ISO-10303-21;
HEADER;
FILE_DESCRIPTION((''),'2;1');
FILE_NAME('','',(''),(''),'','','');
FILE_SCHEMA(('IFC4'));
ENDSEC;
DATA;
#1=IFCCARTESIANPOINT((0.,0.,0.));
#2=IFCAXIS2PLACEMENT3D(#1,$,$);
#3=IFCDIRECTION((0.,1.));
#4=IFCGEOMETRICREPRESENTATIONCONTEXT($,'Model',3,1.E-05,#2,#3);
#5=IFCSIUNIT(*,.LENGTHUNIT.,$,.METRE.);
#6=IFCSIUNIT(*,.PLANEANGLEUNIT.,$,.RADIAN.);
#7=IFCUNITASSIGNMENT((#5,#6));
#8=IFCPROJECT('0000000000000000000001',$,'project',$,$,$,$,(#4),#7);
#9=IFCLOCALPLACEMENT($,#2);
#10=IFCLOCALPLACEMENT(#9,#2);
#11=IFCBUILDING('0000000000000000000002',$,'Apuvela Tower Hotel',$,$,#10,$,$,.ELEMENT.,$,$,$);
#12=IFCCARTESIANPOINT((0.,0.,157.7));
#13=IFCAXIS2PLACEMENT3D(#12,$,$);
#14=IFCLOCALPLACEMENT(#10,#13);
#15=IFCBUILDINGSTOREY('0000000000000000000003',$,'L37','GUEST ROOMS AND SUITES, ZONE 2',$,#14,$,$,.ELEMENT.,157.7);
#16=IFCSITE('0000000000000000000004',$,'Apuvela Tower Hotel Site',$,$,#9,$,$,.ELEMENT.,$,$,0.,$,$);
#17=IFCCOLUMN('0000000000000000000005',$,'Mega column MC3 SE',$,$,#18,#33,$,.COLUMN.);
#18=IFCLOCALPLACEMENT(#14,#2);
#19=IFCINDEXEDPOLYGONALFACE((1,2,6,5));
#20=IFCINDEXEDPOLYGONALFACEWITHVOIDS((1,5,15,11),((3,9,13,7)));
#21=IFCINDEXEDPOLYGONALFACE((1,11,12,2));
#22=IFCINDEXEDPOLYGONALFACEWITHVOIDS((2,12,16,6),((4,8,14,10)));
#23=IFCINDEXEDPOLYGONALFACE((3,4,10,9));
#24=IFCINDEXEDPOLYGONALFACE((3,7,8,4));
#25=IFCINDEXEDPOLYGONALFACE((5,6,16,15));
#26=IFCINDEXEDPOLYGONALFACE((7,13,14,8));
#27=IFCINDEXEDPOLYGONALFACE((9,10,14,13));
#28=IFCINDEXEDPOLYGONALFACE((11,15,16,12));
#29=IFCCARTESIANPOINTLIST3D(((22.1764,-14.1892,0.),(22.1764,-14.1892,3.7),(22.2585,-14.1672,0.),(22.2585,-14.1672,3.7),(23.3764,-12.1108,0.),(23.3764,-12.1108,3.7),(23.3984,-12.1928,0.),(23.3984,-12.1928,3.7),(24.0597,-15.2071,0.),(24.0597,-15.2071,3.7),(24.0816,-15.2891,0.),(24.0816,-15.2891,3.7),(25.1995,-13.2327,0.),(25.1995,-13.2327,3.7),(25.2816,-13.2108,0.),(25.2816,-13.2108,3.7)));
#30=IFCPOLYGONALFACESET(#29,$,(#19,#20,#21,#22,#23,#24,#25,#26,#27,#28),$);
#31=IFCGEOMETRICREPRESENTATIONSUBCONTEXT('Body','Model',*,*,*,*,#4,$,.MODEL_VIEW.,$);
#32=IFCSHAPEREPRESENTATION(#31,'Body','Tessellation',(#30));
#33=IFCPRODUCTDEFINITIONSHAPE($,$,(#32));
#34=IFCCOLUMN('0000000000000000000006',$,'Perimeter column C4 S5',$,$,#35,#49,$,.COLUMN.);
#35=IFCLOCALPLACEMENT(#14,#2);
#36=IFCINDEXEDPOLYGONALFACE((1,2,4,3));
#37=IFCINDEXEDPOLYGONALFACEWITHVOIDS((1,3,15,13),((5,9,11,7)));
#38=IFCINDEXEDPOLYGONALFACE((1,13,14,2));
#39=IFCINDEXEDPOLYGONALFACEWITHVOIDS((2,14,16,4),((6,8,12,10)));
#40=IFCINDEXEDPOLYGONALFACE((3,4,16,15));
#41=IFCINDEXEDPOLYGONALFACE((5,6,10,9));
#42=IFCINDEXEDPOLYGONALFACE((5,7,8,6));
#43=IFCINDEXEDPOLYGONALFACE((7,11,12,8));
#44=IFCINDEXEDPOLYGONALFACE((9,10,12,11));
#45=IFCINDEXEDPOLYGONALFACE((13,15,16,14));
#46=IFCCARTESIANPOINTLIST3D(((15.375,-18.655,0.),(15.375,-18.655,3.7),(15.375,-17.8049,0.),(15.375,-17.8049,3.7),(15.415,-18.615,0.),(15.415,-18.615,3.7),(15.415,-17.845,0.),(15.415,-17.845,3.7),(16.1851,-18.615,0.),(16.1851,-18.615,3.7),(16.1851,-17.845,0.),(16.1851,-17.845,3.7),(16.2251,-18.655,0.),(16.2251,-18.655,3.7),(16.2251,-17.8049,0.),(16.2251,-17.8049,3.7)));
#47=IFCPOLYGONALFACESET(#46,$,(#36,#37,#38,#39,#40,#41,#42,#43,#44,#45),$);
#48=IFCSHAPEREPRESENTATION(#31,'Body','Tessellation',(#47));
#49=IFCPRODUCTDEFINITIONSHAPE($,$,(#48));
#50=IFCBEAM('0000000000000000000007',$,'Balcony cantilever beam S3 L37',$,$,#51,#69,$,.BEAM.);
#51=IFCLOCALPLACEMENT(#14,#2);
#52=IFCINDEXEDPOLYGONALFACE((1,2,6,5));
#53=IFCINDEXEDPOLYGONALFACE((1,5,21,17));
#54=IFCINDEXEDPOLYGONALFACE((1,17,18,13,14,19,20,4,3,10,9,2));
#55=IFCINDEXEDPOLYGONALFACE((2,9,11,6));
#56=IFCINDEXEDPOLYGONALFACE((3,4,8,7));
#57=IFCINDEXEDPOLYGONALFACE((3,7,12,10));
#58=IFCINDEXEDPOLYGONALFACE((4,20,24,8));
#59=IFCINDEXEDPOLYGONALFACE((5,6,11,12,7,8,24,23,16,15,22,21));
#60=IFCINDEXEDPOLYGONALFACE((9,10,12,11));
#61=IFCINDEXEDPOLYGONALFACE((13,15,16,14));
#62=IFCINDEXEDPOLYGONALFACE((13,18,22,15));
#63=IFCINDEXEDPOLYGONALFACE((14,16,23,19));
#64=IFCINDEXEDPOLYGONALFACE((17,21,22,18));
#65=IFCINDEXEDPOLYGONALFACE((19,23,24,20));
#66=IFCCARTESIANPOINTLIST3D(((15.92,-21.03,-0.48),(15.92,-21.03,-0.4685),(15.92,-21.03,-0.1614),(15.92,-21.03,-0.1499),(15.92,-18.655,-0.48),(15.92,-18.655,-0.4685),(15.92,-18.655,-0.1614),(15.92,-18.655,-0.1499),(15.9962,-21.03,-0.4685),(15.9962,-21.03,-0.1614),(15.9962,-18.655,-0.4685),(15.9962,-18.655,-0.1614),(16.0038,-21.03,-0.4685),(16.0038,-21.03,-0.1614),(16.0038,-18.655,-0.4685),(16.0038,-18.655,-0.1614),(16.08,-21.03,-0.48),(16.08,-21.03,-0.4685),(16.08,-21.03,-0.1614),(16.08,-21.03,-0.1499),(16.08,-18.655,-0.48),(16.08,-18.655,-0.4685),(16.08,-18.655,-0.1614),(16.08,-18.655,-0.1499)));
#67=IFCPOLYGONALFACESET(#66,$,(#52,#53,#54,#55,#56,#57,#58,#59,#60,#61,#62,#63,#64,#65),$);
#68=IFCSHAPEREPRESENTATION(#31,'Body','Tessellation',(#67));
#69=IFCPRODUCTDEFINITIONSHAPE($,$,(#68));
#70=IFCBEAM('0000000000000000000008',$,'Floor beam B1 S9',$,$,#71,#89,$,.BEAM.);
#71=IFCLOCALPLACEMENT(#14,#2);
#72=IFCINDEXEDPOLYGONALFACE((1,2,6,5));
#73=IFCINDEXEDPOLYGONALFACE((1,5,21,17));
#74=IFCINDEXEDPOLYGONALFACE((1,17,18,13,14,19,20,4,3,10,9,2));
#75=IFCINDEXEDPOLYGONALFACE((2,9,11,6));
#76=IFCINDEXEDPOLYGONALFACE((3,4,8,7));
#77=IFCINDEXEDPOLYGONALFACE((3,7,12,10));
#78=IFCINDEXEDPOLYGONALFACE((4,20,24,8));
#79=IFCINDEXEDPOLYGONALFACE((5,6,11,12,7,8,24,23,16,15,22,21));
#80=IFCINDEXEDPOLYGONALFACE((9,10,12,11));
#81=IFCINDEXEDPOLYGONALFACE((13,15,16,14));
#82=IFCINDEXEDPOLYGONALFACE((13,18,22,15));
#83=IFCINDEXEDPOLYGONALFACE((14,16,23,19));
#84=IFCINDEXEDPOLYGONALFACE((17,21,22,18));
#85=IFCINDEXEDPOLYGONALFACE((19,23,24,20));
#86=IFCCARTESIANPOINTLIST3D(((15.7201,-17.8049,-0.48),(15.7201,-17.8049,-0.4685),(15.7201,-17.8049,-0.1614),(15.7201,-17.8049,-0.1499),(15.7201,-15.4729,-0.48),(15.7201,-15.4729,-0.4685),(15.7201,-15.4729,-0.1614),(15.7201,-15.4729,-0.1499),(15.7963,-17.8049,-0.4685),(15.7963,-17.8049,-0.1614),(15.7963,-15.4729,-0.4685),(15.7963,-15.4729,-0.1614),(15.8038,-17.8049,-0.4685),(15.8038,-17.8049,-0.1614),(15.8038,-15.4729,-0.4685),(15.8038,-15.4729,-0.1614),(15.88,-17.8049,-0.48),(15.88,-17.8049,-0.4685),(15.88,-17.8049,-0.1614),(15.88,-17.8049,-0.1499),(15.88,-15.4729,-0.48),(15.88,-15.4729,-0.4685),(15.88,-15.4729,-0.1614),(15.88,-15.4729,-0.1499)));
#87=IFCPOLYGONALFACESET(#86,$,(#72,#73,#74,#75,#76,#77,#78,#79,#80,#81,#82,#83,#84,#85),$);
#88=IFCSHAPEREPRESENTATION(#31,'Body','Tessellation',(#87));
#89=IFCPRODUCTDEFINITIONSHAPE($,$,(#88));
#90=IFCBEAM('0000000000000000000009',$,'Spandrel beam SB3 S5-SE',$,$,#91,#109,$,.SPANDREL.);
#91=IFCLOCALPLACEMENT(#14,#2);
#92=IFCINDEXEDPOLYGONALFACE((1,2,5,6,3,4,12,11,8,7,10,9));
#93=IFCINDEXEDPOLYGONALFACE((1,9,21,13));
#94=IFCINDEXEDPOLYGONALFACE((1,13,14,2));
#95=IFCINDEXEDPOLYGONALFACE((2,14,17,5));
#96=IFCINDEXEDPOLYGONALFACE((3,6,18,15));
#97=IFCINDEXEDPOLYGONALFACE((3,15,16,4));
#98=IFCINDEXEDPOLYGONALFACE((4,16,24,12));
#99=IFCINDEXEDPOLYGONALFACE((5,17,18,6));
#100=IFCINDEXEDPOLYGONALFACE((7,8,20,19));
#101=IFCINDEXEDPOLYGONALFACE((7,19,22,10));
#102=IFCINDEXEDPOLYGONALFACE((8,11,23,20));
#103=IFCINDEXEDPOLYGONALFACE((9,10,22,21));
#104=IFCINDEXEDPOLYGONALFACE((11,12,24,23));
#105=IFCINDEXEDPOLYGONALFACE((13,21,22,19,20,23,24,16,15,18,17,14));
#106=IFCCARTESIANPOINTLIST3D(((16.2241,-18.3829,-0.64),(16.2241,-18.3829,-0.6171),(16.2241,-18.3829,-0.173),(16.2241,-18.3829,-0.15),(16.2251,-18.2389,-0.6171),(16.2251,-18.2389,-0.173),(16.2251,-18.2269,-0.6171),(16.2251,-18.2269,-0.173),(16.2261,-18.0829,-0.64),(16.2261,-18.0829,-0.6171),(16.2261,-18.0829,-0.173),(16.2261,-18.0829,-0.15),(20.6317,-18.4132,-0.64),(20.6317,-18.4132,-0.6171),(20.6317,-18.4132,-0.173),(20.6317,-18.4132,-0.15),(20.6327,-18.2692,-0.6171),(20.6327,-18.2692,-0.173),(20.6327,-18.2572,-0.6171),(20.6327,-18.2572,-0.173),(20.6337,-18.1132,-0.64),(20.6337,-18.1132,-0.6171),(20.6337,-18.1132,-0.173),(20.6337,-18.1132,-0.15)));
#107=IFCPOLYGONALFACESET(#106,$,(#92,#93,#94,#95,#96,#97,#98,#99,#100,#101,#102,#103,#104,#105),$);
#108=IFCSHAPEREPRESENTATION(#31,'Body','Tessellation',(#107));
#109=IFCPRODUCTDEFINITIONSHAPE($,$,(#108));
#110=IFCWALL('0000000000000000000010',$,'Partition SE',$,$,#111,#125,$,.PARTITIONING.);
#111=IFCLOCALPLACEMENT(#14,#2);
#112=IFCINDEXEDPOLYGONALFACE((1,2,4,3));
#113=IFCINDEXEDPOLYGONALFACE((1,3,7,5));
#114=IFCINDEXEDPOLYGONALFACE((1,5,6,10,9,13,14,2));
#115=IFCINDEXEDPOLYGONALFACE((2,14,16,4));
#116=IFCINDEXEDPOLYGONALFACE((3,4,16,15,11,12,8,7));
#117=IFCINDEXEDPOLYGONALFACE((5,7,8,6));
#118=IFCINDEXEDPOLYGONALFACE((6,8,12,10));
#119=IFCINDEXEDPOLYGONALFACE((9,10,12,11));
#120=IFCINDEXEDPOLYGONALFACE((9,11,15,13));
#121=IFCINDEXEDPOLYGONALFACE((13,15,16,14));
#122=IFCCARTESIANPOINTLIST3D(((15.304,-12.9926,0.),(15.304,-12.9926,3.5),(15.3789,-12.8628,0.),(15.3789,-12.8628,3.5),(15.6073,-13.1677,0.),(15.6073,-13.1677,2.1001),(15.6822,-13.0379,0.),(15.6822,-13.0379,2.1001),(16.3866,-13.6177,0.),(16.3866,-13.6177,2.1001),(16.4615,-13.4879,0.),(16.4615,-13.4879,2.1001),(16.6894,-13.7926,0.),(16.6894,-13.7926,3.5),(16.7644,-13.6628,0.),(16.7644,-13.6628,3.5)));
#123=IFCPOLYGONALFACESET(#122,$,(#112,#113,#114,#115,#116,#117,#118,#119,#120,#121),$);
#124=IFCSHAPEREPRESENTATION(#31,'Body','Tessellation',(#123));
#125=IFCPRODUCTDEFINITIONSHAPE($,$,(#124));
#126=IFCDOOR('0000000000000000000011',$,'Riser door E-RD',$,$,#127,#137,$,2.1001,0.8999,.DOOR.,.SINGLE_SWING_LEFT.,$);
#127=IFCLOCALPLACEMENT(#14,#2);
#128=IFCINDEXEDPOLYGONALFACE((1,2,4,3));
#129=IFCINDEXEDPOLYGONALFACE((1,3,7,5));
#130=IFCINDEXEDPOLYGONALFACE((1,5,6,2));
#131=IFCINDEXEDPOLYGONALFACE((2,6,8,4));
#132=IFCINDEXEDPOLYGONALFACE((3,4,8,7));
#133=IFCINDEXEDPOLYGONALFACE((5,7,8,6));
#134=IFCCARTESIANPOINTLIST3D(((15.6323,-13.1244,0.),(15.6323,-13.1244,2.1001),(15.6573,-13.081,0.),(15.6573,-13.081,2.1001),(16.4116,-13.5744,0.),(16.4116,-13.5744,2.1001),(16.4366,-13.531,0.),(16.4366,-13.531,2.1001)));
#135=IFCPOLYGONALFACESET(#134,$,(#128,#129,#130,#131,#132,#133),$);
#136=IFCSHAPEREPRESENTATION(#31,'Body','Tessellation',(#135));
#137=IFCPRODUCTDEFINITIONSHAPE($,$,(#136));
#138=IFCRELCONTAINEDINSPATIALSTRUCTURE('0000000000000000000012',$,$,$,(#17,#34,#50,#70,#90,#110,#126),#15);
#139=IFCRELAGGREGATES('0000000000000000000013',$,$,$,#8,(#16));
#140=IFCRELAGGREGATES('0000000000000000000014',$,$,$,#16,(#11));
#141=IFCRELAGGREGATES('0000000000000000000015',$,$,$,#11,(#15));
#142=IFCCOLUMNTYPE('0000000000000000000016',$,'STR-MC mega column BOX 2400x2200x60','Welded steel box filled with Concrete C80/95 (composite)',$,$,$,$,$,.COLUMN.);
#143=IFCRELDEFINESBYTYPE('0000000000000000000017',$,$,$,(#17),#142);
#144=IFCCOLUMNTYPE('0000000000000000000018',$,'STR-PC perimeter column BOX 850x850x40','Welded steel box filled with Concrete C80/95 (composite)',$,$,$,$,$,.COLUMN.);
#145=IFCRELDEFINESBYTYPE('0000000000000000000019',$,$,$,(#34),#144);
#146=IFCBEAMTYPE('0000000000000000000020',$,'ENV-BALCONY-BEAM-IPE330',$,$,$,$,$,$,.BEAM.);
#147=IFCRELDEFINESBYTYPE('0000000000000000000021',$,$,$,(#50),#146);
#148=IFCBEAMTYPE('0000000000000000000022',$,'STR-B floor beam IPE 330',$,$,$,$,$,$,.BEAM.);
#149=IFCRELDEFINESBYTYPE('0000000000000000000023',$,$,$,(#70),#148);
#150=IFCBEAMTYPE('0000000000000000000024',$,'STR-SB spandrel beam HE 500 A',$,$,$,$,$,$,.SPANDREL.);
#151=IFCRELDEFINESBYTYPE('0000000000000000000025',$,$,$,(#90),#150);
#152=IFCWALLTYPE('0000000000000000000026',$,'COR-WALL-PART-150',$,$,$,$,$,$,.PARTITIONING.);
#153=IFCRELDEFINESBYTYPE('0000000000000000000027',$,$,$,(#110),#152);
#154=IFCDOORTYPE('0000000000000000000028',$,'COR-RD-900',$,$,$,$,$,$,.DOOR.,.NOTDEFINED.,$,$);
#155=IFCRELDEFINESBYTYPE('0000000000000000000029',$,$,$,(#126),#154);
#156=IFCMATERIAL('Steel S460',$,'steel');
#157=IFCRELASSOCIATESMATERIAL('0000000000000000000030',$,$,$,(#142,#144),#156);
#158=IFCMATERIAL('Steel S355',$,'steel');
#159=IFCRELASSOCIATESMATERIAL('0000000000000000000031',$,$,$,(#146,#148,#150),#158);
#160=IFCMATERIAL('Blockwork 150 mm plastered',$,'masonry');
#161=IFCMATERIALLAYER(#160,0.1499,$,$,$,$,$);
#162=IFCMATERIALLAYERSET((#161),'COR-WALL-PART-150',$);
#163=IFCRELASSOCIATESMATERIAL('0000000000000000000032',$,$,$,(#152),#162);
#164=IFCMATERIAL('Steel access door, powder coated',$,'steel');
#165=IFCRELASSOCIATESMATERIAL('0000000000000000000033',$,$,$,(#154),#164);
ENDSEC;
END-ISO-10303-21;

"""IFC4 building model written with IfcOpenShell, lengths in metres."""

from ifc_helpers import new_model, si_unit, direction, frame, frame_2d, origin, origin_2d, place, context, subcontext, project, spatial, rectangle, hollow_rectangle, i_section, extrude, material, layer, layer_set, material_profile, profile_set, type_object, element, fill, save


model = new_model("IFC4")

# Units and contexts
model_context = context("Model", 3, precision=1e-05, world=origin(), true_north=direction((0.0, 1.0)))
body_context = subcontext(model_context, "Body", "Model", "MODEL_VIEW")
ifc_project = project(units=[si_unit("LENGTHUNIT", "METRE"), si_unit("PLANEANGLEUNIT", "RADIAN")], contexts=[model_context])

# Site, building, storey
site_placement = place(None, origin())
site = spatial("IfcSite", under=ifc_project, at=site_placement, Name="Apuvela Tower Hotel Site", CompositionType="ELEMENT", RefElevation=0.0)
building_placement = place(site_placement, origin())
building = spatial("IfcBuilding", under=site, at=building_placement, Name="Apuvela Tower Hotel", CompositionType="ELEMENT")
storey_placement = place(building_placement, frame((0.0, 0.0, 157.7)))
storey = spatial("IfcBuildingStorey", under=building, at=storey_placement, Name="L37", Description="GUEST ROOMS AND SUITES, ZONE 2", CompositionType="ELEMENT", Elevation=157.7)

# Columns
ifc_material_1 = material(Name="Steel S460", Category="steel")
ifc_material_profile_1 = material_profile(ifc_material_1, hollow_rectangle(XDim=2.3999, YDim=2.2, WallThickness=0.0601, at=origin_2d()), Name="BOX 2400x2200x60")
ifc_material_2 = material(Name="Concrete C80/95", Category="concrete")
ifc_material_profile_2 = material_profile(ifc_material_2, rectangle(XDim=2.28, YDim=2.0801, at=origin_2d()), Name="Concrete C80/95 infill")
ifc_profile_set_1 = profile_set([ifc_material_profile_1, ifc_material_profile_2], Name="Steel S460")
column_type_1 = type_object("IfcColumnType", Name="STR-MC mega column BOX 2400x2200x60", Description="Welded steel box filled with Concrete C80/95 (composite)", PredefinedType="COLUMN", material=ifc_profile_set_1)
column_1_placement = place(storey_placement, frame((23.729, -13.7, 0.0), z_axis=(0.0, 0.0, 1.0), x_axis=(0.5, 0.866025, 0.0)))
element("IfcColumn", 1, at=column_1_placement, inside=storey, type_object=column_type_1, Name="Mega column MC3 SE", PredefinedType="COLUMN", context=body_context, shape_type="SweptSolid", body=[
    extrude(hollow_rectangle(XDim=2.3999, YDim=2.2, WallThickness=0.0601, at=origin_2d()), origin(), (0.0, 0.0, 1.0), 3.7),
])
ifc_material_profile_3 = material_profile(ifc_material_1, hollow_rectangle(XDim=0.8501, YDim=0.8501, WallThickness=0.04, at=origin_2d()), Name="BOX 850x850x40")
ifc_material_profile_4 = material_profile(ifc_material_2, rectangle(XDim=0.77, YDim=0.77, at=origin_2d()), Name="Concrete C80/95 infill")
ifc_profile_set_2 = profile_set([ifc_material_profile_3, ifc_material_profile_4], Name="Steel S460")
column_type_2 = type_object("IfcColumnType", Name="STR-PC perimeter column BOX 850x850x40", Description="Welded steel box filled with Concrete C80/95 (composite)", PredefinedType="COLUMN", material=ifc_profile_set_2)
column_2_placement = place(storey_placement, frame((15.8, -18.23, 0.0), z_axis=(0.0, 0.0, 1.0), x_axis=(-1.0, 0.0, 0.0)))
element("IfcColumn", 2, at=column_2_placement, inside=storey, type_object=column_type_2, Name="Perimeter column C4 S5", PredefinedType="COLUMN", context=body_context, shape_type="SweptSolid", body=[
    extrude(hollow_rectangle(XDim=0.8501, YDim=0.8501, WallThickness=0.04, at=origin_2d()), origin(), (0.0, 0.0, 1.0), 3.7),
])

# Beams
ifc_material_3 = material(Name="Steel S355", Category="steel")
ifc_material_profile_5 = material_profile(ifc_material_3, i_section(OverallWidth=0.1599, OverallDepth=0.3301, WebThickness=0.0076, FlangeThickness=0.0115, at=origin_2d()), Name="IPE 330")
ifc_profile_set_3 = profile_set([ifc_material_profile_5], Name="Steel S355")
beam_type_1 = type_object("IfcBeamType", Name="ENV-BALCONY-BEAM-IPE330", PredefinedType="BEAM", material=ifc_profile_set_3)
beam_1_placement = place(storey_placement, frame((16.0, -18.655, -0.3149), z_axis=(0.0, -1.0, 0.0), x_axis=(1.0, 0.0, 0.0)))
element("IfcBeam", 3, at=beam_1_placement, inside=storey, type_object=beam_type_1, Name="Balcony cantilever beam S3 L37", PredefinedType="BEAM", context=body_context, shape_type="SweptSolid", body=[
    extrude(i_section(OverallWidth=0.1599, OverallDepth=0.3301, WebThickness=0.0076, FlangeThickness=0.0115, at=origin_2d()), origin(), (0.0, 0.0, 1.0), 2.375),
])
ifc_material_profile_6 = material_profile(ifc_material_3, i_section(OverallWidth=0.1599, OverallDepth=0.3301, WebThickness=0.0076, FlangeThickness=0.0115, at=origin_2d()), Name="IPE 330")
ifc_profile_set_4 = profile_set([ifc_material_profile_6], Name="Steel S355")
beam_type_2 = type_object("IfcBeamType", Name="STR-B floor beam IPE 330", PredefinedType="BEAM", material=ifc_profile_set_4)
beam_2_placement = place(storey_placement, frame((15.8, -17.8049, -0.3149), z_axis=(0.0, 1.0, 0.0), x_axis=(-1.0, 0.0, 0.0)))
element("IfcBeam", 4, at=beam_2_placement, inside=storey, type_object=beam_type_2, Name="Floor beam B1 S9", PredefinedType="BEAM", context=body_context, shape_type="SweptSolid", body=[
    extrude(i_section(OverallWidth=0.1599, OverallDepth=0.3301, WebThickness=0.0076, FlangeThickness=0.0115, at=origin_2d()), origin(), (0.0, 0.0, 1.0), 2.332),
])
ifc_material_profile_7 = material_profile(ifc_material_3, i_section(OverallWidth=0.3, OverallDepth=0.49, WebThickness=0.012, FlangeThickness=0.0229, at=origin_2d()), Name="HE 500 A")
ifc_profile_set_5 = profile_set([ifc_material_profile_7], Name="Steel S355")
beam_type_3 = type_object("IfcBeamType", Name="STR-SB spandrel beam HE 500 A", PredefinedType="SPANDREL", material=ifc_profile_set_5)
beam_3_placement = place(storey_placement, frame((16.2251, -18.2329, -0.395), z_axis=(0.999976, -0.006868, 0.0), x_axis=(0.006868, 0.999976, 0.0)))
element("IfcBeam", 5, at=beam_3_placement, inside=storey, type_object=beam_type_3, Name="Spandrel beam SB3 S5-SE", PredefinedType="SPANDREL", context=body_context, shape_type="SweptSolid", body=[
    extrude(i_section(OverallWidth=0.3, OverallDepth=0.49, WebThickness=0.012, FlangeThickness=0.0229, at=origin_2d()), origin(), (0.0, 0.0, 1.0), 4.4077),
])

# Wall, opening, door
ifc_material_4 = material(Name="Blockwork 150 mm plastered", Category="masonry")
ifc_layer_1 = layer(ifc_material_4, 0.1499)
ifc_layer_set_1 = layer_set([ifc_layer_1], Name="COR-WALL-PART-150")
wall_type_1 = type_object("IfcWallType", Name="COR-WALL-PART-150", PredefinedType="PARTITIONING", material=ifc_layer_set_1)
wall_1_placement = place(storey_placement, frame((15.3416, -12.9277, 0.0), z_axis=(0.0, 0.0, 1.0), x_axis=(0.86599, -0.500061, 0.0)))
wall_1 = element("IfcWall", 6, at=wall_1_placement, inside=storey, type_object=wall_type_1, Name="Partition SE", PredefinedType="PARTITIONING", context=body_context, shape_type="SweptSolid", body=[
    extrude(rectangle(XDim=1.5999, YDim=0.1499, at=frame_2d((0.7998, 0.0))), origin(), (0.0, 0.0, 1.0), 3.5),
])
opening_1_placement = place(wall_1_placement, frame((0.3501, 0.0, 0.0)))
opening_1 = element("IfcOpeningElement", 7, at=opening_1_placement, cuts=wall_1, PredefinedType="OPENING", context=body_context, shape_type="SweptSolid", body=[
    extrude(rectangle(XDim=0.8999, YDim=2.1001, at=frame_2d((0.45, 1.05))), frame((0.0, 0.085, 0.0), z_axis=(0.0, -1.0, 0.0), x_axis=(1.0, 0.0, 0.0)), (0.0, 0.0, 1.0), 0.1699),
])
ifc_material_5 = material(Name="Steel access door, powder coated", Category="steel")
door_type_1 = type_object("IfcDoorType", Name="COR-RD-900", OperationType="NOTDEFINED", PredefinedType="DOOR", material=ifc_material_5)
door_1_placement = place(opening_1_placement, frame((0.8999, 0.0, 0.0), z_axis=(0.0, 0.0, 1.0), x_axis=(-1.0, 0.0, 0.0)))
door_1 = element("IfcDoor", 8, at=door_1_placement, inside=storey, type_object=door_type_1, Name="Riser door E-RD", OperationType="SINGLE_SWING_LEFT", OverallHeight=2.1001, OverallWidth=0.8999, PredefinedType="DOOR", context=body_context, shape_type="SweptSolid", body=[
    extrude(rectangle(XDim=0.8999, YDim=2.1001, at=frame_2d((0.45, 1.05))), frame((0.0, 0.0249, 0.0), z_axis=(0.0, -1.0, 0.0), x_axis=(1.0, 0.0, 0.0)), (0.0, 0.0, 1.0), 0.05),
])
fill(opening_1, door_1)

save(model, "model.ifc")
